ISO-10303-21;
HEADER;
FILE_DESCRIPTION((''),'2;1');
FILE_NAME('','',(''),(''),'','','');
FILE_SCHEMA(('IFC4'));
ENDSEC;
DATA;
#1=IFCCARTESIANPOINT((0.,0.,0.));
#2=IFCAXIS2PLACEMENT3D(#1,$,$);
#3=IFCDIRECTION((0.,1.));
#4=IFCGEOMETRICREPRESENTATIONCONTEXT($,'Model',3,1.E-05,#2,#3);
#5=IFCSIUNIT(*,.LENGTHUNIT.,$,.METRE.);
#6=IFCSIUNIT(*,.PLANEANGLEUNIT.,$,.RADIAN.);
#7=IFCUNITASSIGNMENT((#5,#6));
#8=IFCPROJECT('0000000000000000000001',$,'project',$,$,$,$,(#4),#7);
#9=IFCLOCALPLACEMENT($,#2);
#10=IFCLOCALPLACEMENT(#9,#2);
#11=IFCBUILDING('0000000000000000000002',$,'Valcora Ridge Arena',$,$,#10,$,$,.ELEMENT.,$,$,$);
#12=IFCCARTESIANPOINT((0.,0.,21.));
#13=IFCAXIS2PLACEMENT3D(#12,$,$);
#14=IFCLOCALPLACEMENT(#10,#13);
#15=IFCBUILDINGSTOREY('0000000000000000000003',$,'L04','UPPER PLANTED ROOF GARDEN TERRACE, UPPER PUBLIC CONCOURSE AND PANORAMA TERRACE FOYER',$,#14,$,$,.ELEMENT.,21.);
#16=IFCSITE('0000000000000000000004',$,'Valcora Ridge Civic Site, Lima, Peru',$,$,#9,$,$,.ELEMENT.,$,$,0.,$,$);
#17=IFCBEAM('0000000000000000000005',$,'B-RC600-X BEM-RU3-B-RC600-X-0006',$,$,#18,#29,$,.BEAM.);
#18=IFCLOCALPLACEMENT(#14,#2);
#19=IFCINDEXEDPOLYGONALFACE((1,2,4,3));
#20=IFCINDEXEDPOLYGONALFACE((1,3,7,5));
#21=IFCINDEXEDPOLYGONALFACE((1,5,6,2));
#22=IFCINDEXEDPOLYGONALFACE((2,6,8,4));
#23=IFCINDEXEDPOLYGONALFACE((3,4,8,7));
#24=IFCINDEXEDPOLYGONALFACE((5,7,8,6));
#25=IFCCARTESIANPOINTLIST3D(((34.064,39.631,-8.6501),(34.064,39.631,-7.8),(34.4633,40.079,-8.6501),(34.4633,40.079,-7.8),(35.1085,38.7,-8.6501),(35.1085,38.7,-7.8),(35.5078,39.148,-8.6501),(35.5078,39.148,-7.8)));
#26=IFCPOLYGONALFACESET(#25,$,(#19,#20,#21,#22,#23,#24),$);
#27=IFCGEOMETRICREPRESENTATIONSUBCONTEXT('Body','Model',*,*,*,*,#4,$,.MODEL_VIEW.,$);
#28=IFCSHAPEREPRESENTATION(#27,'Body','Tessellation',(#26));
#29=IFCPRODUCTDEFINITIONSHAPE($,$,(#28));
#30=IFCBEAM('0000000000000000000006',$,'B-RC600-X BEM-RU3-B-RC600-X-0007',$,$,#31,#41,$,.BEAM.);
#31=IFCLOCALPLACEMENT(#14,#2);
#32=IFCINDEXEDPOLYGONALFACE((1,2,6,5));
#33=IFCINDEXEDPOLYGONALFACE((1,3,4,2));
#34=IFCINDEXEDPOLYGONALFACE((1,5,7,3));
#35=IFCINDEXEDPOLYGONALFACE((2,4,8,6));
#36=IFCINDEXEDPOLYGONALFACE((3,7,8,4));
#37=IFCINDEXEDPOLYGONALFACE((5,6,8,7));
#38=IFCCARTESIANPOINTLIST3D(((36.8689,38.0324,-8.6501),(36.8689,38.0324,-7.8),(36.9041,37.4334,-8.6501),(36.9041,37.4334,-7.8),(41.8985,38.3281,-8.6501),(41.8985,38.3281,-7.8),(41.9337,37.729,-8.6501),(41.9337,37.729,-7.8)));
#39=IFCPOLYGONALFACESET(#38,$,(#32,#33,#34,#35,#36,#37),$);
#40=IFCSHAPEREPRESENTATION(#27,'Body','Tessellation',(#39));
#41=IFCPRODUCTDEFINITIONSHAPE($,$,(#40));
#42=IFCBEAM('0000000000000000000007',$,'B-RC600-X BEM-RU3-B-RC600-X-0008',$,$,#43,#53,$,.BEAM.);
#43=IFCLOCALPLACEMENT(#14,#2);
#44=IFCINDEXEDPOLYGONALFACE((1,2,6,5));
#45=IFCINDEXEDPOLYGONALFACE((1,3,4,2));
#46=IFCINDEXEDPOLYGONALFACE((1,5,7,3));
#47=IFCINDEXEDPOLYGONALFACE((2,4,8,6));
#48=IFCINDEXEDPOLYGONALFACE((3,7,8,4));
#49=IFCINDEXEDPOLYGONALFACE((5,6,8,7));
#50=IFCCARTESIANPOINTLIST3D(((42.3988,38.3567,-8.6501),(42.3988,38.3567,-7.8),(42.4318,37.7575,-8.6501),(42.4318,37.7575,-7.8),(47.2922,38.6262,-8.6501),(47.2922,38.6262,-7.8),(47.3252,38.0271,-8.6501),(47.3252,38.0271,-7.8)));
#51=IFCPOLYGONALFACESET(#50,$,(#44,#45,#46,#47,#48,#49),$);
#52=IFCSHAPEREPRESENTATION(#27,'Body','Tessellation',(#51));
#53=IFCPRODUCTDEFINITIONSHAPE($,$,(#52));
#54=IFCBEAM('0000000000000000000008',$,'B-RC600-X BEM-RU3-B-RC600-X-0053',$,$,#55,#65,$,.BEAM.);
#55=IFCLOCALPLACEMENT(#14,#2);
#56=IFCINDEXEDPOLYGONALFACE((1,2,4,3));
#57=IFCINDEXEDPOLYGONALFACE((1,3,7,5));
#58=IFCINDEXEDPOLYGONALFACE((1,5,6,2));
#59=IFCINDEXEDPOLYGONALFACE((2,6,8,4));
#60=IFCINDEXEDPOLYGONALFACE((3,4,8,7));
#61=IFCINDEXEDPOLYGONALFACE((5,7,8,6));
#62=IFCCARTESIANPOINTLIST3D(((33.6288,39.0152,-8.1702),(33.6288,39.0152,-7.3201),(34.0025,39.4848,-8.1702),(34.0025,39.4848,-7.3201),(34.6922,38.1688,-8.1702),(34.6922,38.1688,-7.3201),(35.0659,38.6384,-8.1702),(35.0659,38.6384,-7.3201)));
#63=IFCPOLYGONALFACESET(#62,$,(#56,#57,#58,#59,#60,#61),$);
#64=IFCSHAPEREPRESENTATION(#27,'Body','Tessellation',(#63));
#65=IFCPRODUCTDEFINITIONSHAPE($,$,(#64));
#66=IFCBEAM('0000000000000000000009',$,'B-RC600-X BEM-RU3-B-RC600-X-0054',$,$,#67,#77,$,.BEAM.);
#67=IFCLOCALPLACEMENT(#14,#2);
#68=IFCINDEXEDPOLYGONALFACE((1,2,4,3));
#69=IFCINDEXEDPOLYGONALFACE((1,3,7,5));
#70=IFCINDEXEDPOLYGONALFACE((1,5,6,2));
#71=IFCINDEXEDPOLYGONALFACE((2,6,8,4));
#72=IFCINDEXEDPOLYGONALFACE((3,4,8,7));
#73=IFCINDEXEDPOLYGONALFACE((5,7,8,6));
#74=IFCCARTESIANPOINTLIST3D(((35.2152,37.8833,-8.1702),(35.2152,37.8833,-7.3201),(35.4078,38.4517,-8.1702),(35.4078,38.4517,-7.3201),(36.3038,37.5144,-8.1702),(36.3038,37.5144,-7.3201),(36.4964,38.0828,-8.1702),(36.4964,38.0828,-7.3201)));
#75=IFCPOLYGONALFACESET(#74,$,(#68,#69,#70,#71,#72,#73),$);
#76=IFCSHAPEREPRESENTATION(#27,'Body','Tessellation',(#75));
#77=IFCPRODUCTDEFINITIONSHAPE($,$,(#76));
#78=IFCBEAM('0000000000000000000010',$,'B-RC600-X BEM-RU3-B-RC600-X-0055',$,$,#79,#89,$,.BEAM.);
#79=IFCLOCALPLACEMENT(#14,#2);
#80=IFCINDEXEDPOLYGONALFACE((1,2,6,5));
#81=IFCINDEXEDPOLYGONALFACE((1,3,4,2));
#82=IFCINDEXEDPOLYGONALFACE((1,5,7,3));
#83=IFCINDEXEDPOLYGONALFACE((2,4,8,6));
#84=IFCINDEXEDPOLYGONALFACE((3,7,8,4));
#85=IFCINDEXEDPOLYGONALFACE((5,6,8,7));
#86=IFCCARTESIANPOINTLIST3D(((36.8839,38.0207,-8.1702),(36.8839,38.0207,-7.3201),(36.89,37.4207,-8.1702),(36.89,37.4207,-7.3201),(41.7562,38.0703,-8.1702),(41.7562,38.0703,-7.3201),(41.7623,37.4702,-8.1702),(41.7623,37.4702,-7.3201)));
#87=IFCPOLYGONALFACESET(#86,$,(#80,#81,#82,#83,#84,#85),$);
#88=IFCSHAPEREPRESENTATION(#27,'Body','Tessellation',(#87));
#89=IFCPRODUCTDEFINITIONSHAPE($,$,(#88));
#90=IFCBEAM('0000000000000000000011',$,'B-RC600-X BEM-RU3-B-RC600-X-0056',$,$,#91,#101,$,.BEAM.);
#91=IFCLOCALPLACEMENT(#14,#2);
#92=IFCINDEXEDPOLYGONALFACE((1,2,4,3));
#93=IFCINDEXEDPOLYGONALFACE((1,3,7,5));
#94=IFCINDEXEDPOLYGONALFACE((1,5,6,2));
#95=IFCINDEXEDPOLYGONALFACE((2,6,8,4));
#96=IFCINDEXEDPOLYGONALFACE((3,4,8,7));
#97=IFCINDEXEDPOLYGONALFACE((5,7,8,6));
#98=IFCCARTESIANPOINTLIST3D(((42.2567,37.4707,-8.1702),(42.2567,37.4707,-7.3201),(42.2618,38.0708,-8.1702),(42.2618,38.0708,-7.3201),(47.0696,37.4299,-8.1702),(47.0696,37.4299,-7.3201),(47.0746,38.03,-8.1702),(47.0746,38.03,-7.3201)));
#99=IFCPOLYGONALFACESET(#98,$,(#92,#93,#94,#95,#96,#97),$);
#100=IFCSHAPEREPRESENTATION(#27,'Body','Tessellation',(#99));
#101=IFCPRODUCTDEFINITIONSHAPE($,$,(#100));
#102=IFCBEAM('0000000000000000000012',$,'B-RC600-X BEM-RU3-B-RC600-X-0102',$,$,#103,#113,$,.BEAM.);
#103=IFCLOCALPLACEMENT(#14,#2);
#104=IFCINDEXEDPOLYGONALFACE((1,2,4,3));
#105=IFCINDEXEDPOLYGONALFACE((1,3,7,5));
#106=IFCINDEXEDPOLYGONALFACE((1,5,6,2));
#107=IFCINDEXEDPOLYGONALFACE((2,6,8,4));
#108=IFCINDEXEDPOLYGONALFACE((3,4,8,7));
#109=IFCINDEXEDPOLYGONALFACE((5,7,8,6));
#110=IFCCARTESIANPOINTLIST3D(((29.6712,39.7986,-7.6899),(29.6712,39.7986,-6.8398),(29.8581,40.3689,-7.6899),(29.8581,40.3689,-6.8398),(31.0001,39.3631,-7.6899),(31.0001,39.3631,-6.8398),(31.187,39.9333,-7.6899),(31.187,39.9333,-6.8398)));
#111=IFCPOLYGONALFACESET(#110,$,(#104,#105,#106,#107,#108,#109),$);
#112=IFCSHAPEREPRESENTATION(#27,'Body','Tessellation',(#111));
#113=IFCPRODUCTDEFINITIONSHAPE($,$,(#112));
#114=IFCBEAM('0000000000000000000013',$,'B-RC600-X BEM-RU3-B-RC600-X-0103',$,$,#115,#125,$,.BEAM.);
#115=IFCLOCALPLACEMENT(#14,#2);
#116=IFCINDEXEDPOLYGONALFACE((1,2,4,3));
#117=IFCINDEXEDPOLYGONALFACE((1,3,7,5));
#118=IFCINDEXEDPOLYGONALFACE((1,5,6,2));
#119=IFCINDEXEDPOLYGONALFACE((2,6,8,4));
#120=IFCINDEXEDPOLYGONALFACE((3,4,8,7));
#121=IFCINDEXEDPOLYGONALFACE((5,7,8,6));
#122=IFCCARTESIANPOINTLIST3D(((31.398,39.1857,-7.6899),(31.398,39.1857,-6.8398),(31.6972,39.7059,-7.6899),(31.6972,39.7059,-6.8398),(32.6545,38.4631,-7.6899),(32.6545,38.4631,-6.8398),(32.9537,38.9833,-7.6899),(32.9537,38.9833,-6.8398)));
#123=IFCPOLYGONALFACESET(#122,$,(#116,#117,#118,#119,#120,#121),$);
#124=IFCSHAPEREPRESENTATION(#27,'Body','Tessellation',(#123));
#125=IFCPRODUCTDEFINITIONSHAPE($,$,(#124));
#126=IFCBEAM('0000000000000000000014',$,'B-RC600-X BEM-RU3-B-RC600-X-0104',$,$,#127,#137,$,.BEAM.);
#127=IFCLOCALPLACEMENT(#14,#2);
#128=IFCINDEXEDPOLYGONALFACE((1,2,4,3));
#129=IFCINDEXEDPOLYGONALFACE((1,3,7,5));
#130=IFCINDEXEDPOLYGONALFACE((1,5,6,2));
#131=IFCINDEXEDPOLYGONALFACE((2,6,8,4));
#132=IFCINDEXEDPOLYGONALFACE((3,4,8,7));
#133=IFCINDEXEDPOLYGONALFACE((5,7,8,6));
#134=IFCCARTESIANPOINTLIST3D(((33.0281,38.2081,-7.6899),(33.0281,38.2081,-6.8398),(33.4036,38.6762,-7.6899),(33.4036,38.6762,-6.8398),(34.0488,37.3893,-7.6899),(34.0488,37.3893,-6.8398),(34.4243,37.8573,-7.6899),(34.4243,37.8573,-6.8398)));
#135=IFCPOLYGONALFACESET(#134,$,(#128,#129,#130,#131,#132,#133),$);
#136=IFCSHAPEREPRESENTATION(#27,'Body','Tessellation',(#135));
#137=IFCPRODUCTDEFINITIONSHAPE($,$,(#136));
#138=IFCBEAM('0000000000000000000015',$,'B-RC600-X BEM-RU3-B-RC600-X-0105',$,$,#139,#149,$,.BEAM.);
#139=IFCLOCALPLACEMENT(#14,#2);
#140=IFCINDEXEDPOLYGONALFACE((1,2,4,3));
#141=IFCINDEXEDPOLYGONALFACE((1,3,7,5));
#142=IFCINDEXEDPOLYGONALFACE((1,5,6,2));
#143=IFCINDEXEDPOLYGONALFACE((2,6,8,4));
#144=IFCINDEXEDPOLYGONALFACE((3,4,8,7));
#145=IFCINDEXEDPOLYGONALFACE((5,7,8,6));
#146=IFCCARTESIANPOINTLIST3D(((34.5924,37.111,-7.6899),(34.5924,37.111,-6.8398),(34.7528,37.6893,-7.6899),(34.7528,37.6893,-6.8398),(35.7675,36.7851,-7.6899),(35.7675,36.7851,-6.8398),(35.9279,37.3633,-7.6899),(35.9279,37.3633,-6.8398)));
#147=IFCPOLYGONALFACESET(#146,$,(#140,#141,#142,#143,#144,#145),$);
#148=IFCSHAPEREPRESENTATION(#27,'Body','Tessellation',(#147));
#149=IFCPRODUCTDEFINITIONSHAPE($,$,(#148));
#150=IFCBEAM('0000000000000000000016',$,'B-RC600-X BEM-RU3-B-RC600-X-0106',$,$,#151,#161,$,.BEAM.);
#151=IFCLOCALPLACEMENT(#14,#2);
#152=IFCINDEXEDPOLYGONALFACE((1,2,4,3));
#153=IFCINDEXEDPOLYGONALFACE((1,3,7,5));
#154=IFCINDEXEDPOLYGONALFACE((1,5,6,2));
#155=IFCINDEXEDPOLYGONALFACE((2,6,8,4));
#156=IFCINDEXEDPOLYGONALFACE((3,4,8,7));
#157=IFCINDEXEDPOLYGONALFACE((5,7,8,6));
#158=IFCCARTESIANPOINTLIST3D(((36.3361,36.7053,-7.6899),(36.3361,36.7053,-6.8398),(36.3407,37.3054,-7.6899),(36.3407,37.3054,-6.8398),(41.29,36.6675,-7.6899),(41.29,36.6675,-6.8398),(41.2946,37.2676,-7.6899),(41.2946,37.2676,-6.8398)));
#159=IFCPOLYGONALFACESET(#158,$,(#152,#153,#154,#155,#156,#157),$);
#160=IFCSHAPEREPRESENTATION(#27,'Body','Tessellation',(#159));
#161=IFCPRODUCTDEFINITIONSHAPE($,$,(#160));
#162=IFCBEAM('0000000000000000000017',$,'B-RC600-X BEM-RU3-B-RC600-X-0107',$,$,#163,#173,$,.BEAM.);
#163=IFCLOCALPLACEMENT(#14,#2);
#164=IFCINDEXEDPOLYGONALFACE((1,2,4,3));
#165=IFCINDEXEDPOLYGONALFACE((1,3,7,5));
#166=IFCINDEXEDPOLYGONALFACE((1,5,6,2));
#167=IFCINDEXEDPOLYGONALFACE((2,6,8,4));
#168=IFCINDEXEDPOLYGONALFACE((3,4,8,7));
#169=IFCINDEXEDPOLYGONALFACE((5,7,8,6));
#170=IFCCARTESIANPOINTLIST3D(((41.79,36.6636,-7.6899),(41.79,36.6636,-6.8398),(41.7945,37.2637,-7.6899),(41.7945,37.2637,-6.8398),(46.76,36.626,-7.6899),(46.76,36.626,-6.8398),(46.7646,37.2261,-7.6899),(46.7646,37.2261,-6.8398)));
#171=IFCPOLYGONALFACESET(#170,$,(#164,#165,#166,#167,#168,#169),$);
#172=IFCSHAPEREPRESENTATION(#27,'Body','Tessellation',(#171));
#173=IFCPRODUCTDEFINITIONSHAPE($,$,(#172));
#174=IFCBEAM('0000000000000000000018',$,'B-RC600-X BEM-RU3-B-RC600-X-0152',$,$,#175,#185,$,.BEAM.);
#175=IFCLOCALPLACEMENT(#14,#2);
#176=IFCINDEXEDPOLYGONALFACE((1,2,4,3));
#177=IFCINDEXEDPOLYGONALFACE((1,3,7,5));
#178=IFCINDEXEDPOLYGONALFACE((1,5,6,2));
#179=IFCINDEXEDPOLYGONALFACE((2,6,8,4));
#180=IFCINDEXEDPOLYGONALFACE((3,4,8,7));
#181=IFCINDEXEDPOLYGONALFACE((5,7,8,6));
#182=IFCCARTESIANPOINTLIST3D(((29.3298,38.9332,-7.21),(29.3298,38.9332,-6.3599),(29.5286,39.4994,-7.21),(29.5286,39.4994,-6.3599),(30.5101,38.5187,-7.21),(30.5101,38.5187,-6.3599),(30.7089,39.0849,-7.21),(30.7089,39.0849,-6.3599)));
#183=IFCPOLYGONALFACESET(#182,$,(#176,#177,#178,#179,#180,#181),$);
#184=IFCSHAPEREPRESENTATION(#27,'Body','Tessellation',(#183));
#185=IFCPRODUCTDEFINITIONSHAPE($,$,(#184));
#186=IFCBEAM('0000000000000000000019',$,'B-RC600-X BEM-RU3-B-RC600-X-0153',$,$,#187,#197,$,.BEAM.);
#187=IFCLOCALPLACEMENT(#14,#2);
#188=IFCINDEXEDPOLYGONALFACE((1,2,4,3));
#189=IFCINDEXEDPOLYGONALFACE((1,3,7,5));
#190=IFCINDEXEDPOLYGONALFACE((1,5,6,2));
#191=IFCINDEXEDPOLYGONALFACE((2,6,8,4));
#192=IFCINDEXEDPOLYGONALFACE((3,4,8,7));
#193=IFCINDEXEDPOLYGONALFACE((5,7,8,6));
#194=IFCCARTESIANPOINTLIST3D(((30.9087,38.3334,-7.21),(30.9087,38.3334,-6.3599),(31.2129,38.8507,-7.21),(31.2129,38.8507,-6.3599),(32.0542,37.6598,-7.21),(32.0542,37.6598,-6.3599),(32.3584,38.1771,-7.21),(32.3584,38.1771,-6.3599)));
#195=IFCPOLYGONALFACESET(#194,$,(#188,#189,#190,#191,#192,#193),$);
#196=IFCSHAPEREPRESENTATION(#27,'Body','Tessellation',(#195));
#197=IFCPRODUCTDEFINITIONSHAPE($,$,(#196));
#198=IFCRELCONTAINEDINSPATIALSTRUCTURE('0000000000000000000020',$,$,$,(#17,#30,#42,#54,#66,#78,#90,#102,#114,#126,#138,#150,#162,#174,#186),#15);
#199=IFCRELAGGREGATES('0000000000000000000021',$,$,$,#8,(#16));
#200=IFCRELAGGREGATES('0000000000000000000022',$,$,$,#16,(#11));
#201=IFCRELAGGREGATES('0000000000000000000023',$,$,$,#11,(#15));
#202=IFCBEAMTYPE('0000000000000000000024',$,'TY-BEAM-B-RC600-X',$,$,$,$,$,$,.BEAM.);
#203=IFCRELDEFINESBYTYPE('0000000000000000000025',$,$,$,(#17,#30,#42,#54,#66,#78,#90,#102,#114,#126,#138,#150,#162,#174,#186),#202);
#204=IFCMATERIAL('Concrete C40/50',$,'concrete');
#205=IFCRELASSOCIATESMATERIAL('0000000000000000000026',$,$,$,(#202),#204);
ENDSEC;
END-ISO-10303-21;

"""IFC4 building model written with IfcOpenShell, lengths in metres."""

from ifc_helpers import new_model, si_unit, direction, frame, origin, origin_2d, place, context, subcontext, project, spatial, rectangle, extrude, material, material_profile, profile_set, type_object, element, save


model = new_model("IFC4")

# Units and contexts
model_context = context("Model", 3, precision=1e-05, world=origin(), true_north=direction((0.0, 1.0)))
body_context = subcontext(model_context, "Body", "Model", "MODEL_VIEW")
ifc_project = project(units=[si_unit("LENGTHUNIT", "METRE"), si_unit("PLANEANGLEUNIT", "RADIAN")], contexts=[model_context])

# Site, building, storey
site_placement = place(None, origin())
site = spatial("IfcSite", under=ifc_project, at=site_placement, Name="Valcora Ridge Civic Site, Lima, Peru", CompositionType="ELEMENT", RefElevation=0.0)
building_placement = place(site_placement, origin())
building = spatial("IfcBuilding", under=site, at=building_placement, Name="Valcora Ridge Arena", CompositionType="ELEMENT")
storey_placement = place(building_placement, frame((0.0, 0.0, 21.0)))
storey = spatial("IfcBuildingStorey", under=building, at=storey_placement, Name="L04", Description="UPPER PLANTED ROOF GARDEN TERRACE, UPPER PUBLIC CONCOURSE AND PANORAMA TERRACE FOYER", CompositionType="ELEMENT", Elevation=21.0)

# Beams
ifc_material_1 = material(Name="Concrete C40/50", Category="concrete")
ifc_material_profile_1 = material_profile(ifc_material_1, rectangle(XDim=0.6001, YDim=0.8501, at=origin_2d()), Name="RC 600x850")
ifc_profile_set_1 = profile_set([ifc_material_profile_1], Name="Concrete C40/50")
beam_type_1 = type_object("IfcBeamType", Name="TY-BEAM-B-RC600-X", PredefinedType="BEAM", material=ifc_profile_set_1)
beam_1_placement = place(storey_placement, frame((34.2637, 39.855, -8.2251), z_axis=(0.746513, -0.665371, 0.0), x_axis=(0.665371, 0.746513, 0.0)))
element("IfcBeam", 1, at=beam_1_placement, inside=storey, type_object=beam_type_1, Name="B-RC600-X BEM-RU3-B-RC600-X-0006", PredefinedType="BEAM", context=body_context, shape_type="SweptSolid", body=[
    extrude(rectangle(XDim=0.6001, YDim=0.8501, at=origin_2d()), origin(), (0.0, 0.0, 1.0), 1.3992),
])
beam_2_placement = place(storey_placement, frame((36.8865, 37.7329, -8.2251), z_axis=(0.998277, 0.058682, 0.0), x_axis=(-0.058682, 0.998277, 0.0)))
element("IfcBeam", 2, at=beam_2_placement, inside=storey, type_object=beam_type_1, Name="B-RC600-X BEM-RU3-B-RC600-X-0007", PredefinedType="BEAM", context=body_context, shape_type="SweptSolid", body=[
    extrude(rectangle(XDim=0.6001, YDim=0.8501, at=origin_2d()), origin(), (0.0, 0.0, 1.0), 5.0383),
])
beam_3_placement = place(storey_placement, frame((42.4153, 38.0571, -8.2251), z_axis=(0.998487, 0.054995, 0.0), x_axis=(-0.054995, 0.998487, 0.0)))
element("IfcBeam", 3, at=beam_3_placement, inside=storey, type_object=beam_type_1, Name="B-RC600-X BEM-RU3-B-RC600-X-0008", PredefinedType="BEAM", context=body_context, shape_type="SweptSolid", body=[
    extrude(rectangle(XDim=0.6001, YDim=0.8501, at=origin_2d()), origin(), (0.0, 0.0, 1.0), 4.9009),
])
beam_4_placement = place(storey_placement, frame((33.8157, 39.25, -7.7451), z_axis=(0.782426, -0.622744, 0.0), x_axis=(0.622744, 0.782426, 0.0)))
element("IfcBeam", 4, at=beam_4_placement, inside=storey, type_object=beam_type_1, Name="B-RC600-X BEM-RU3-B-RC600-X-0053", PredefinedType="BEAM", context=body_context, shape_type="SweptSolid", body=[
    extrude(rectangle(XDim=0.6001, YDim=0.8501, at=origin_2d()), origin(), (0.0, 0.0, 1.0), 1.3591),
])
beam_5_placement = place(storey_placement, frame((35.3115, 38.1675, -7.7451), z_axis=(0.9471, -0.320939, 0.0), x_axis=(0.320939, 0.9471, 0.0)))
element("IfcBeam", 5, at=beam_5_placement, inside=storey, type_object=beam_type_1, Name="B-RC600-X BEM-RU3-B-RC600-X-0054", PredefinedType="BEAM", context=body_context, shape_type="SweptSolid", body=[
    extrude(rectangle(XDim=0.6001, YDim=0.8501, at=origin_2d()), origin(), (0.0, 0.0, 1.0), 1.1494),
])
beam_6_placement = place(storey_placement, frame((36.887, 37.7207, -7.7451), z_axis=(0.999948, 0.010171, 0.0), x_axis=(-0.010171, 0.999948, 0.0)))
element("IfcBeam", 6, at=beam_6_placement, inside=storey, type_object=beam_type_1, Name="B-RC600-X BEM-RU3-B-RC600-X-0055", PredefinedType="BEAM", context=body_context, shape_type="SweptSolid", body=[
    extrude(rectangle(XDim=0.6001, YDim=0.8501, at=origin_2d()), origin(), (0.0, 0.0, 1.0), 4.8726),
])
beam_7_placement = place(storey_placement, frame((42.2593, 37.7708, -7.7451), z_axis=(0.999964, -0.008471, 0.0), x_axis=(0.008471, 0.999964, 0.0)))
element("IfcBeam", 7, at=beam_7_placement, inside=storey, type_object=beam_type_1, Name="B-RC600-X BEM-RU3-B-RC600-X-0056", PredefinedType="BEAM", context=body_context, shape_type="SweptSolid", body=[
    extrude(rectangle(XDim=0.6001, YDim=0.8501, at=origin_2d()), origin(), (0.0, 0.0, 1.0), 4.813),
])
beam_8_placement = place(storey_placement, frame((29.7646, 40.0837, -7.2649), z_axis=(0.95026, -0.311458, 0.0), x_axis=(0.311458, 0.95026, 0.0)))
element("IfcBeam", 8, at=beam_8_placement, inside=storey, type_object=beam_type_1, Name="B-RC600-X BEM-RU3-B-RC600-X-0102", PredefinedType="BEAM", context=body_context, shape_type="SweptSolid", body=[
    extrude(rectangle(XDim=0.6001, YDim=0.8501, at=origin_2d()), origin(), (0.0, 0.0, 1.0), 1.3984),
])
beam_9_placement = place(storey_placement, frame((31.5476, 39.4458, -7.2649), z_axis=(0.866872, -0.498531, 0.0), x_axis=(0.498531, 0.866872, 0.0)))
element("IfcBeam", 9, at=beam_9_placement, inside=storey, type_object=beam_type_1, Name="B-RC600-X BEM-RU3-B-RC600-X-0103", PredefinedType="BEAM", context=body_context, shape_type="SweptSolid", body=[
    extrude(rectangle(XDim=0.6001, YDim=0.8501, at=origin_2d()), origin(), (0.0, 0.0, 1.0), 1.4495),
])
beam_10_placement = place(storey_placement, frame((33.2158, 38.4421, -7.2649), z_axis=(0.780031, -0.625741, 0.0), x_axis=(0.625741, 0.780031, 0.0)))
element("IfcBeam", 10, at=beam_10_placement, inside=storey, type_object=beam_type_1, Name="B-RC600-X BEM-RU3-B-RC600-X-0104", PredefinedType="BEAM", context=body_context, shape_type="SweptSolid", body=[
    extrude(rectangle(XDim=0.6001, YDim=0.8501, at=origin_2d()), origin(), (0.0, 0.0, 1.0), 1.3086),
])
beam_11_placement = place(storey_placement, frame((34.6726, 37.4001, -7.2649), z_axis=(0.963618, -0.267282, 0.0), x_axis=(0.267282, 0.963618, 0.0)))
element("IfcBeam", 11, at=beam_11_placement, inside=storey, type_object=beam_type_1, Name="B-RC600-X BEM-RU3-B-RC600-X-0105", PredefinedType="BEAM", context=body_context, shape_type="SweptSolid", body=[
    extrude(rectangle(XDim=0.6001, YDim=0.8501, at=origin_2d()), origin(), (0.0, 0.0, 1.0), 1.2195),
])
beam_12_placement = place(storey_placement, frame((36.3384, 37.0054, -7.2649), z_axis=(0.999971, -0.007639, 0.0), x_axis=(0.007639, 0.999971, 0.0)))
element("IfcBeam", 12, at=beam_12_placement, inside=storey, type_object=beam_type_1, Name="B-RC600-X BEM-RU3-B-RC600-X-0106", PredefinedType="BEAM", context=body_context, shape_type="SweptSolid", body=[
    extrude(rectangle(XDim=0.6001, YDim=0.8501, at=origin_2d()), origin(), (0.0, 0.0, 1.0), 4.9541),
])
beam_13_placement = place(storey_placement, frame((41.7922, 36.9636, -7.2649), z_axis=(0.999971, -0.007565, 0.0), x_axis=(0.007565, 0.999971, 0.0)))
element("IfcBeam", 13, at=beam_13_placement, inside=storey, type_object=beam_type_1, Name="B-RC600-X BEM-RU3-B-RC600-X-0107", PredefinedType="BEAM", context=body_context, shape_type="SweptSolid", body=[
    extrude(rectangle(XDim=0.6001, YDim=0.8501, at=origin_2d()), origin(), (0.0, 0.0, 1.0), 4.9702),
])
beam_14_placement = place(storey_placement, frame((29.4292, 39.2163, -6.7849), z_axis=(0.943508, -0.33135, 0.0), x_axis=(0.33135, 0.943508, 0.0)))
element("IfcBeam", 14, at=beam_14_placement, inside=storey, type_object=beam_type_1, Name="B-RC600-X BEM-RU3-B-RC600-X-0152", PredefinedType="BEAM", context=body_context, shape_type="SweptSolid", body=[
    extrude(rectangle(XDim=0.6001, YDim=0.8501, at=origin_2d()), origin(), (0.0, 0.0, 1.0), 1.251),
])
beam_15_placement = place(storey_placement, frame((31.0608, 38.592, -6.7849), z_axis=(0.862014, -0.506884, 0.0), x_axis=(0.506884, 0.862014, 0.0)))
element("IfcBeam", 15, at=beam_15_placement, inside=storey, type_object=beam_type_1, Name="B-RC600-X BEM-RU3-B-RC600-X-0153", PredefinedType="BEAM", context=body_context, shape_type="SweptSolid", body=[
    extrude(rectangle(XDim=0.6001, YDim=0.8501, at=origin_2d()), origin(), (0.0, 0.0, 1.0), 1.3289),
])

save(model, "model.ifc")
